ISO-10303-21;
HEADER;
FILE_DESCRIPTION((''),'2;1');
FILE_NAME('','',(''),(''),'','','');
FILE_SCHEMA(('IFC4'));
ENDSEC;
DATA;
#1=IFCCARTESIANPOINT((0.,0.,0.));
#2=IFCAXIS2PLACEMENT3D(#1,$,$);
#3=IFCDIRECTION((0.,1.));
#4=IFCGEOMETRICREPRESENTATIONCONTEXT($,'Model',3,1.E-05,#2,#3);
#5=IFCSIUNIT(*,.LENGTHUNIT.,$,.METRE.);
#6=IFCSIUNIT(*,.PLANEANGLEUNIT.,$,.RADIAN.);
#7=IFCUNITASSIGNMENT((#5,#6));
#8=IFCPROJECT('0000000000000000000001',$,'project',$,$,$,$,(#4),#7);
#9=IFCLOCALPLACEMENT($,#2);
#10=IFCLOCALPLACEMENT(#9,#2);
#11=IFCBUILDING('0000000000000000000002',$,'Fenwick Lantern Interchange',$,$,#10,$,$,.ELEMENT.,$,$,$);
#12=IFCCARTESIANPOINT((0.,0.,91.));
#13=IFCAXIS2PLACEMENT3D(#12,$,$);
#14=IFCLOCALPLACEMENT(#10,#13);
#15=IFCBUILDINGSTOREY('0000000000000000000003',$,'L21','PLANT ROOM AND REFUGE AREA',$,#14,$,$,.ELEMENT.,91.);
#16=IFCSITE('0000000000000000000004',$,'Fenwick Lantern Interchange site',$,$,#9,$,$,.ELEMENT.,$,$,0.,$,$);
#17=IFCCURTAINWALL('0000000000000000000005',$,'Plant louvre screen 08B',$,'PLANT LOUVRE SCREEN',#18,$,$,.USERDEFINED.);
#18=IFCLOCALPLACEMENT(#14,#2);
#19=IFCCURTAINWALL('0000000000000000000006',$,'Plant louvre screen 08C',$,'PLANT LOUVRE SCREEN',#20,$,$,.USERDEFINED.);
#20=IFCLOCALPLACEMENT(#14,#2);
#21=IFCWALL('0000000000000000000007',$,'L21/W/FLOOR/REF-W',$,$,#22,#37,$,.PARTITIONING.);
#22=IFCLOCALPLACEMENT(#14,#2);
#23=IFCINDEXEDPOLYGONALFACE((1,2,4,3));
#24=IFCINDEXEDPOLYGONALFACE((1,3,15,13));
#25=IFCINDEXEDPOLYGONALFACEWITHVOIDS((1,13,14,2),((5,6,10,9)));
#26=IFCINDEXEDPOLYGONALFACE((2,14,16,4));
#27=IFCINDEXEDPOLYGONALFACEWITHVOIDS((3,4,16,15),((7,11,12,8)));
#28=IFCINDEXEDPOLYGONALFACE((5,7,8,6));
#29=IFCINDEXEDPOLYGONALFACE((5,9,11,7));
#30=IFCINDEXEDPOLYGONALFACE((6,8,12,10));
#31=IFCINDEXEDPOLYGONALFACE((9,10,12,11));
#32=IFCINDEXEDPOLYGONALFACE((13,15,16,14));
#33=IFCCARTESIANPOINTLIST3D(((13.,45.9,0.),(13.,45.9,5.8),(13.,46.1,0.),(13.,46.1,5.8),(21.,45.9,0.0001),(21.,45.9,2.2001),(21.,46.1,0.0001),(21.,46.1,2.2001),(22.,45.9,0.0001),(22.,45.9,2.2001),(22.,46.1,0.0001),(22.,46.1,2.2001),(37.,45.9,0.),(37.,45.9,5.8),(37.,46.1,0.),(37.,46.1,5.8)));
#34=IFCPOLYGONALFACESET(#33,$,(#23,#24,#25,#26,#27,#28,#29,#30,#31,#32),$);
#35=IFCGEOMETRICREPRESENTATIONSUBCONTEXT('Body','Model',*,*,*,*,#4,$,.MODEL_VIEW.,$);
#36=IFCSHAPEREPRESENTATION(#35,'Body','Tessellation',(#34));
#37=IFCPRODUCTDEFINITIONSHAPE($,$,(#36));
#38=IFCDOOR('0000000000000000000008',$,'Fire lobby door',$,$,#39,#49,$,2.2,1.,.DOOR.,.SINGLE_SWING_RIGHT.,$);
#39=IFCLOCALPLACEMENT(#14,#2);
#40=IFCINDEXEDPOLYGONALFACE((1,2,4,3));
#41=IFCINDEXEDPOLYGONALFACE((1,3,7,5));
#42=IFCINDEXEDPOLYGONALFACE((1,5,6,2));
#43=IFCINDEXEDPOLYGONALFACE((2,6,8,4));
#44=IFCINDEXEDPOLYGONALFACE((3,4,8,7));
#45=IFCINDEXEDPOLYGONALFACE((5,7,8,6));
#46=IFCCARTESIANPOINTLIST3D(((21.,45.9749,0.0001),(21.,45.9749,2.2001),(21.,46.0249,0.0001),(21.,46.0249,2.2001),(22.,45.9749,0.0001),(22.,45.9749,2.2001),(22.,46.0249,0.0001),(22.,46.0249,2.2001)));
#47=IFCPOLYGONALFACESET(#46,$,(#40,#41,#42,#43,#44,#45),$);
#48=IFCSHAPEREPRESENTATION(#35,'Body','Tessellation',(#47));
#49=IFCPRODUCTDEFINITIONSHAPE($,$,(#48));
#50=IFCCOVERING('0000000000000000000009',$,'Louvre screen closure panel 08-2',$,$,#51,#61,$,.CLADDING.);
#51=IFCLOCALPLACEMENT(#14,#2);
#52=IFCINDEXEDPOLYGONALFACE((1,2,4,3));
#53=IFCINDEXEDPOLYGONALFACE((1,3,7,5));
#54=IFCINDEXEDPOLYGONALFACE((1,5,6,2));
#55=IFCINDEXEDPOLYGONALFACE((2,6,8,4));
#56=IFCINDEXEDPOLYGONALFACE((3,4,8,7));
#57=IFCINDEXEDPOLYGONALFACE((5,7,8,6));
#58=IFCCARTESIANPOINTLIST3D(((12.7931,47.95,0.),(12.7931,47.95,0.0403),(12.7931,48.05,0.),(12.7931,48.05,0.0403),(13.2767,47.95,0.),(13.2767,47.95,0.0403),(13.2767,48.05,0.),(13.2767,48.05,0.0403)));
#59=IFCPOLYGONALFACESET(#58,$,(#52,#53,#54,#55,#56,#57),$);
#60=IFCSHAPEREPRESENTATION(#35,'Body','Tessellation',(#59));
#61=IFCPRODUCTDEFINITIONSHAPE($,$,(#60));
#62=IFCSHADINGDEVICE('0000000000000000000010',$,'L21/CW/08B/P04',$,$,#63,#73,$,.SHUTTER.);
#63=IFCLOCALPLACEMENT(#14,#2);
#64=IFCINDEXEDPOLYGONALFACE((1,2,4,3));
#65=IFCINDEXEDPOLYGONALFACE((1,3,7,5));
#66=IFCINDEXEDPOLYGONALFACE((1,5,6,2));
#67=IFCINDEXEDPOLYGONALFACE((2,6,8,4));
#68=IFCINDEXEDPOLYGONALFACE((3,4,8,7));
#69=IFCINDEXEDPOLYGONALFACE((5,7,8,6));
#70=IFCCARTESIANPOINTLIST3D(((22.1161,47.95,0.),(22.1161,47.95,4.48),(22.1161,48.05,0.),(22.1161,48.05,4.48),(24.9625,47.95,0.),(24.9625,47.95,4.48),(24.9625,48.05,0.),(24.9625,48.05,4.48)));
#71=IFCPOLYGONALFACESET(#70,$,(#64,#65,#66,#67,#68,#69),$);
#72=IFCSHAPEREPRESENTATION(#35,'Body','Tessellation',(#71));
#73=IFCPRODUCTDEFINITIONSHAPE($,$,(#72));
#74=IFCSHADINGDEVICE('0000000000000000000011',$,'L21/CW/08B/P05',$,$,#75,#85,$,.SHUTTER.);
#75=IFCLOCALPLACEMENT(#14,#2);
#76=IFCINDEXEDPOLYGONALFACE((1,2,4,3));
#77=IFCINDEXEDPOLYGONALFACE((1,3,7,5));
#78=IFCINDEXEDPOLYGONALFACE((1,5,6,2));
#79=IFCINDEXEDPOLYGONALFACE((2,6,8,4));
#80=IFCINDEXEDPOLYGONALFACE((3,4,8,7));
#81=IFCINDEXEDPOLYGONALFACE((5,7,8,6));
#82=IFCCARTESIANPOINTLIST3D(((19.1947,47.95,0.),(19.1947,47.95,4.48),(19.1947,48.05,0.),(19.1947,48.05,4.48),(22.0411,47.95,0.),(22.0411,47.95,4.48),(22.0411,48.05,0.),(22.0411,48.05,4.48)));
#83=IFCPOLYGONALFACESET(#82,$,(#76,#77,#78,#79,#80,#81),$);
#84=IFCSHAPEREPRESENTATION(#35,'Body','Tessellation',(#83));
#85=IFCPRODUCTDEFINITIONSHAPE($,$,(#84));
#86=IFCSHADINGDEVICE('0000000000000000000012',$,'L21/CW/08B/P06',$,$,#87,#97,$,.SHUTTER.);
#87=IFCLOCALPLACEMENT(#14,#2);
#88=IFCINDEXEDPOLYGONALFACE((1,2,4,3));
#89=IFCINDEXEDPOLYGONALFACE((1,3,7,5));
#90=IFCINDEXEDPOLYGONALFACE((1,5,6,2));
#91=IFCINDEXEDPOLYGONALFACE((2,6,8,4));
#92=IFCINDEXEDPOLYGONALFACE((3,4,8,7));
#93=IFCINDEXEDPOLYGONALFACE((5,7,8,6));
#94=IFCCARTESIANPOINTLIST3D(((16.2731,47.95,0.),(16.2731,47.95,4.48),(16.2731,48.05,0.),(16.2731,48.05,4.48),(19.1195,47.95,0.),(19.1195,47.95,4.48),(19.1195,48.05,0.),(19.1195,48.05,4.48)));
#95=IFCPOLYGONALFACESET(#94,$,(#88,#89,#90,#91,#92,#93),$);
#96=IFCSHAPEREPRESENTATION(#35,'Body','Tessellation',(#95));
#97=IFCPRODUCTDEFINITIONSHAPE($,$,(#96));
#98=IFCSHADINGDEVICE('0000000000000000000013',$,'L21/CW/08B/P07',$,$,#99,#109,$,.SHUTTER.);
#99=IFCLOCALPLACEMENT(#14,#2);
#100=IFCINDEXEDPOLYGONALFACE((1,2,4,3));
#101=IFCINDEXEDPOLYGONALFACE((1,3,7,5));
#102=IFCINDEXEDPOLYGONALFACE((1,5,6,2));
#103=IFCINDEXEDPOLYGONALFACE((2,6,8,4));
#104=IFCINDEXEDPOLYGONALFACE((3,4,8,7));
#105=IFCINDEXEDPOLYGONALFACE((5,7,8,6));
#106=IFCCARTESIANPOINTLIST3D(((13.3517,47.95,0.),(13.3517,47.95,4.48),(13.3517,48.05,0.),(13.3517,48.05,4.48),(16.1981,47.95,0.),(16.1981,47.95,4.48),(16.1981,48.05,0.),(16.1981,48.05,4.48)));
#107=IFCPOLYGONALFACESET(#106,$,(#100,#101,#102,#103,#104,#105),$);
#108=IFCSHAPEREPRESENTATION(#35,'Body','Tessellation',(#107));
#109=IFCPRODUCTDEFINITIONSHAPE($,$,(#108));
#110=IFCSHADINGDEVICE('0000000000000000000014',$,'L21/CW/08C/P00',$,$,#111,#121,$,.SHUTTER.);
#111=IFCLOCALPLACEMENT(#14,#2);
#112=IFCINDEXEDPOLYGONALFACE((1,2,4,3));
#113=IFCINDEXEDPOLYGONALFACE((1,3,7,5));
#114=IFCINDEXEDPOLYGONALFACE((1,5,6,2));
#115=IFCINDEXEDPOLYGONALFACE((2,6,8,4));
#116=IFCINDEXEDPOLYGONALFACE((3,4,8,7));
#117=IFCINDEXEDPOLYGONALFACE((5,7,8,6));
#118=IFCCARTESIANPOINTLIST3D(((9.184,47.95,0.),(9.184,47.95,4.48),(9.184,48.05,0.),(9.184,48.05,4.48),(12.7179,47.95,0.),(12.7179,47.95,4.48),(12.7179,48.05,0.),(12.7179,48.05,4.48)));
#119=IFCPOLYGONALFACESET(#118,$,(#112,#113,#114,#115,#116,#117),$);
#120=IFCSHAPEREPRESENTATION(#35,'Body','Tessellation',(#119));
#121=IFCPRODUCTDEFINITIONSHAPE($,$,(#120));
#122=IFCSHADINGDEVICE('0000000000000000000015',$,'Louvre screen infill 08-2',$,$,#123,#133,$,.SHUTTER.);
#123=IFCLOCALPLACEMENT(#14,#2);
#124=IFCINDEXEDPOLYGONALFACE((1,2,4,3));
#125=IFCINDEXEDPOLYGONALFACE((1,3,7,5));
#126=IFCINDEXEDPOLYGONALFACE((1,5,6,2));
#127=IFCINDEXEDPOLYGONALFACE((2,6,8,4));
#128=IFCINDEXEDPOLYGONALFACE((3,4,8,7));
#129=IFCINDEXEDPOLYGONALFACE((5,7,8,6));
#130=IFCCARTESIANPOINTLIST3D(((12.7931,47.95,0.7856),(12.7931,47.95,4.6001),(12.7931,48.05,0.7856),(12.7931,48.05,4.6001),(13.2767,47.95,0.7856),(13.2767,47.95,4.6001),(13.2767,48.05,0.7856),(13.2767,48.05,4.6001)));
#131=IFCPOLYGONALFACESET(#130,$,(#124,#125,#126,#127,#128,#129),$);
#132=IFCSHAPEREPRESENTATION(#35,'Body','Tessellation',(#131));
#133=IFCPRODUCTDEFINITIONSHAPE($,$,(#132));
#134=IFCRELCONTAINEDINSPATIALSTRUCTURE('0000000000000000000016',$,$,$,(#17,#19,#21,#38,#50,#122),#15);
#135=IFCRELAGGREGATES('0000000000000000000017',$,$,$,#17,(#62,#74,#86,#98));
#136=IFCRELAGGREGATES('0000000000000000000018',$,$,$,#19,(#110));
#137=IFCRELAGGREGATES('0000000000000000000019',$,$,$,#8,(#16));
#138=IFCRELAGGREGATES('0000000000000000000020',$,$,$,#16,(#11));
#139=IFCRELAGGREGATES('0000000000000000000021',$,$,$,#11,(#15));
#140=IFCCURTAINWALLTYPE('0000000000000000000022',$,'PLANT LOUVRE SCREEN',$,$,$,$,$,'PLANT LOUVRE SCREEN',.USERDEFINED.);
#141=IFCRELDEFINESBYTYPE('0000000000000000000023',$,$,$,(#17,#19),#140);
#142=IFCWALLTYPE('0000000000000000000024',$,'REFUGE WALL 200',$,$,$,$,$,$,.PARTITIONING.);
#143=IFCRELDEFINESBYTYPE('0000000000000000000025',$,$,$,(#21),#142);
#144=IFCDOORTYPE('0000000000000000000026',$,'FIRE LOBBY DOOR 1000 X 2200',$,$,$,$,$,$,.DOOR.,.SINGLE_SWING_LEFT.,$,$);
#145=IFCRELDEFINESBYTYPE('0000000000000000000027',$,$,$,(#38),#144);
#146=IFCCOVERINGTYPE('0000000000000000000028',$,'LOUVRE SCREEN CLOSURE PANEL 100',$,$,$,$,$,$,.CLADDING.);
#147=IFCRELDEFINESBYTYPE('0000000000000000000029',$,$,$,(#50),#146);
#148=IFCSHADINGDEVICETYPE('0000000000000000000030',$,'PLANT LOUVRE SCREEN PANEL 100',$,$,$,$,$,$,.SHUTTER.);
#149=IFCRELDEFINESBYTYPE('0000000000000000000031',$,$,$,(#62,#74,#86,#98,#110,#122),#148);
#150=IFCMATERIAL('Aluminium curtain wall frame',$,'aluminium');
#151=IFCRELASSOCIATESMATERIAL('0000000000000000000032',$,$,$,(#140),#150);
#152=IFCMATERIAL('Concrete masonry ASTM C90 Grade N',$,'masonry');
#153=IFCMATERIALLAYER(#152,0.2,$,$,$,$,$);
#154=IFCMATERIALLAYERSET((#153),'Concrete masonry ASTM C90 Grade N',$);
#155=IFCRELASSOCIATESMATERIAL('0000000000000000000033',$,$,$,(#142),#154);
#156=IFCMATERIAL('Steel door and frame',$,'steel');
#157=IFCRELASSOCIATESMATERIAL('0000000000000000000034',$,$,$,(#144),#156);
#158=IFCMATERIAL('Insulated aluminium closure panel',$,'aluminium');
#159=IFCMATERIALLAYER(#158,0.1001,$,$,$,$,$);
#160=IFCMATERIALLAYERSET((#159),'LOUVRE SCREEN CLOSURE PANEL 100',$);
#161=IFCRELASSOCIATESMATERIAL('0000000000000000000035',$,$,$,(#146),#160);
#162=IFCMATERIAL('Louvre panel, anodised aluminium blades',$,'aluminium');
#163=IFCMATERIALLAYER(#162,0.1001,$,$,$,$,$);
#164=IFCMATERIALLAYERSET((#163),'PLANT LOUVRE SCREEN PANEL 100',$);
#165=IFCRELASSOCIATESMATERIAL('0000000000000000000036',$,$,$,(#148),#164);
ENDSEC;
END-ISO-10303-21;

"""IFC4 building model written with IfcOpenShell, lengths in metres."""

from ifc_helpers import new_model, si_unit, direction, frame, frame_2d, origin, origin_2d, place, context, subcontext, project, spatial, rectangle, extrude, material, layer, layer_set, type_object, element, fill, aggregate, save


model = new_model("IFC4")

# Units and contexts
model_context = context("Model", 3, precision=1e-05, world=origin(), true_north=direction((0.0, 1.0)))
body_context = subcontext(model_context, "Body", "Model", "MODEL_VIEW")
ifc_project = project(units=[si_unit("LENGTHUNIT", "METRE"), si_unit("PLANEANGLEUNIT", "RADIAN")], contexts=[model_context])

# Site, building, storey
site_placement = place(None, origin())
site = spatial("IfcSite", under=ifc_project, at=site_placement, Name="Fenwick Lantern Interchange site", CompositionType="ELEMENT", RefElevation=0.0)
building_placement = place(site_placement, origin())
building = spatial("IfcBuilding", under=site, at=building_placement, Name="Fenwick Lantern Interchange", CompositionType="ELEMENT")
storey_placement = place(building_placement, frame((0.0, 0.0, 91.0)))
storey = spatial("IfcBuildingStorey", under=building, at=storey_placement, Name="L21", Description="PLANT ROOM AND REFUGE AREA", CompositionType="ELEMENT", Elevation=91.0)

# Curtain walls
ifc_material_1 = material(Name="Aluminium curtain wall frame", Category="aluminium")
curtain_wall_type = type_object("IfcCurtainWallType", Name="PLANT LOUVRE SCREEN", ElementType="PLANT LOUVRE SCREEN", PredefinedType="USERDEFINED", material=ifc_material_1)
curtain_wall_1_placement = place(storey_placement, origin())
curtain_wall_1 = element("IfcCurtainWall", 1, at=curtain_wall_1_placement, inside=storey, type_object=curtain_wall_type, Name="Plant louvre screen 08B", ObjectType="PLANT LOUVRE SCREEN", PredefinedType="USERDEFINED")
curtain_wall_2_placement = place(storey_placement, origin())
curtain_wall_2 = element("IfcCurtainWall", 2, at=curtain_wall_2_placement, inside=storey, type_object=curtain_wall_type, Name="Plant louvre screen 08C", ObjectType="PLANT LOUVRE SCREEN", PredefinedType="USERDEFINED")

# Wall, opening, door
ifc_material_2 = material(Name="Concrete masonry ASTM C90 Grade N", Category="masonry")
ifc_layer_1 = layer(ifc_material_2, 0.2)
ifc_layer_set_1 = layer_set([ifc_layer_1], Name="Concrete masonry ASTM C90 Grade N")
wall_type = type_object("IfcWallType", Name="REFUGE WALL 200", PredefinedType="PARTITIONING", material=ifc_layer_set_1)
wall_placement = place(storey_placement, frame((13.0, 46.0, 0.0), z_axis=(0.0, 0.0, 1.0), x_axis=(1.0, 0.0, 0.0)))
wall = element("IfcWall", 3, at=wall_placement, inside=storey, type_object=wall_type, Name="L21/W/FLOOR/REF-W", PredefinedType="PARTITIONING", context=body_context, shape_type="SweptSolid", body=[
    extrude(rectangle(XDim=24.0, YDim=0.2, at=frame_2d((12.0, 0.0))), origin(), (0.0, 0.0, 1.0), 5.8),
])
opening_placement = place(wall_placement, frame((8.0, 0.0, 0.0)))
opening = element("IfcOpeningElement", 4, at=opening_placement, cuts=wall, PredefinedType="OPENING", context=body_context, shape_type="SweptSolid", body=[
    extrude(rectangle(XDim=1.0, YDim=2.2, at=frame_2d((0.5, 1.1001))), frame((0.0, 0.1099, 0.0), z_axis=(0.0, -1.0, 0.0), x_axis=(1.0, 0.0, 0.0)), (0.0, 0.0, 1.0), 0.22),
])
ifc_material_3 = material(Name="Steel door and frame", Category="steel")
door_type = type_object("IfcDoorType", Name="FIRE LOBBY DOOR 1000 X 2200", OperationType="SINGLE_SWING_LEFT", PredefinedType="DOOR", material=ifc_material_3)
door_placement = place(opening_placement, origin())
door = element("IfcDoor", 5, at=door_placement, inside=storey, type_object=door_type, Name="Fire lobby door", OperationType="SINGLE_SWING_RIGHT", OverallHeight=2.2, OverallWidth=1.0, PredefinedType="DOOR", context=body_context, shape_type="SweptSolid", body=[
    extrude(rectangle(XDim=1.0, YDim=2.2, at=frame_2d((0.5, 1.1001))), frame((0.0, 0.0249, 0.0), z_axis=(0.0, -1.0, 0.0), x_axis=(1.0, 0.0, 0.0)), (0.0, 0.0, 1.0), 0.05),
])
fill(opening, door)

# Covering
ifc_material_4 = material(Name="Insulated aluminium closure panel", Category="aluminium")
ifc_layer_2 = layer(ifc_material_4, 0.1001)
ifc_layer_set_2 = layer_set([ifc_layer_2], Name="LOUVRE SCREEN CLOSURE PANEL 100")
covering_type = type_object("IfcCoveringType", Name="LOUVRE SCREEN CLOSURE PANEL 100", PredefinedType="CLADDING", material=ifc_layer_set_2)
covering_placement = place(storey_placement, frame((13.0349, 48.0, 0.0), z_axis=(0.0, 0.0, 1.0), x_axis=(-1.0, 0.0, 0.0)))
element("IfcCovering", 6, at=covering_placement, inside=storey, type_object=covering_type, Name="Louvre screen closure panel 08-2", PredefinedType="CLADDING", context=body_context, shape_type="SweptSolid", body=[
    extrude(rectangle(XDim=0.4836, YDim=0.1001, at=origin_2d()), origin(), (0.0, 0.0, 1.0), 0.0403),
])

# Shading devices
ifc_material_5 = material(Name="Louvre panel, anodised aluminium blades", Category="aluminium")
ifc_layer_3 = layer(ifc_material_5, 0.1001)
ifc_layer_set_3 = layer_set([ifc_layer_3], Name="PLANT LOUVRE SCREEN PANEL 100")
shading_device_type = type_object("IfcShadingDeviceType", Name="PLANT LOUVRE SCREEN PANEL 100", PredefinedType="SHUTTER", material=ifc_layer_set_3)
shading_device_1_placement = place(storey_placement, frame((23.5393, 48.0, 0.0), z_axis=(0.0, 0.0, 1.0), x_axis=(-1.0, 0.0, 0.0)))
shading_device_1 = element("IfcShadingDevice", 7, at=shading_device_1_placement, type_object=shading_device_type, Name="L21/CW/08B/P04", PredefinedType="SHUTTER", context=body_context, shape_type="SweptSolid", body=[
    extrude(rectangle(XDim=2.8464, YDim=0.1001, at=origin_2d()), origin(), (0.0, 0.0, 1.0), 4.48),
])
shading_device_2_placement = place(storey_placement, frame((20.6179, 48.0, 0.0), z_axis=(0.0, 0.0, 1.0), x_axis=(-1.0, 0.0, 0.0)))
shading_device_2 = element("IfcShadingDevice", 8, at=shading_device_2_placement, type_object=shading_device_type, Name="L21/CW/08B/P05", PredefinedType="SHUTTER", context=body_context, shape_type="SweptSolid", body=[
    extrude(rectangle(XDim=2.8464, YDim=0.1001, at=origin_2d()), origin(), (0.0, 0.0, 1.0), 4.48),
])
shading_device_3_placement = place(storey_placement, frame((17.6963, 48.0, 0.0), z_axis=(0.0, 0.0, 1.0), x_axis=(-1.0, 0.0, 0.0)))
shading_device_3 = element("IfcShadingDevice", 9, at=shading_device_3_placement, type_object=shading_device_type, Name="L21/CW/08B/P06", PredefinedType="SHUTTER", context=body_context, shape_type="SweptSolid", body=[
    extrude(rectangle(XDim=2.8464, YDim=0.1001, at=origin_2d()), origin(), (0.0, 0.0, 1.0), 4.48),
])
shading_device_4_placement = place(storey_placement, frame((14.7749, 48.0, 0.0), z_axis=(0.0, 0.0, 1.0), x_axis=(-1.0, 0.0, 0.0)))
shading_device_4 = element("IfcShadingDevice", 10, at=shading_device_4_placement, type_object=shading_device_type, Name="L21/CW/08B/P07", PredefinedType="SHUTTER", context=body_context, shape_type="SweptSolid", body=[
    extrude(rectangle(XDim=2.8464, YDim=0.1001, at=origin_2d()), origin(), (0.0, 0.0, 1.0), 4.48),
])
aggregate(curtain_wall_1, [shading_device_1, shading_device_2, shading_device_3, shading_device_4])
shading_device_5_placement = place(storey_placement, frame((10.9509, 48.0, 0.0), z_axis=(0.0, 0.0, 1.0), x_axis=(-1.0, 0.0, 0.0)))
shading_device_5 = element("IfcShadingDevice", 11, at=shading_device_5_placement, type_object=shading_device_type, Name="L21/CW/08C/P00", PredefinedType="SHUTTER", context=body_context, shape_type="SweptSolid", body=[
    extrude(rectangle(XDim=3.5339, YDim=0.1001, at=origin_2d()), origin(), (0.0, 0.0, 1.0), 4.48),
])
aggregate(curtain_wall_2, [shading_device_5])
shading_device_6_placement = place(storey_placement, frame((13.0349, 48.0, 0.7856), z_axis=(0.0, 0.0, 1.0), x_axis=(-1.0, 0.0, 0.0)))
element("IfcShadingDevice", 12, at=shading_device_6_placement, inside=storey, type_object=shading_device_type, Name="Louvre screen infill 08-2", PredefinedType="SHUTTER", context=body_context, shape_type="SweptSolid", body=[
    extrude(rectangle(XDim=0.4836, YDim=0.1001, at=origin_2d()), origin(), (0.0, 0.0, 1.0), 3.8145),
])

save(model, "model.ifc")
